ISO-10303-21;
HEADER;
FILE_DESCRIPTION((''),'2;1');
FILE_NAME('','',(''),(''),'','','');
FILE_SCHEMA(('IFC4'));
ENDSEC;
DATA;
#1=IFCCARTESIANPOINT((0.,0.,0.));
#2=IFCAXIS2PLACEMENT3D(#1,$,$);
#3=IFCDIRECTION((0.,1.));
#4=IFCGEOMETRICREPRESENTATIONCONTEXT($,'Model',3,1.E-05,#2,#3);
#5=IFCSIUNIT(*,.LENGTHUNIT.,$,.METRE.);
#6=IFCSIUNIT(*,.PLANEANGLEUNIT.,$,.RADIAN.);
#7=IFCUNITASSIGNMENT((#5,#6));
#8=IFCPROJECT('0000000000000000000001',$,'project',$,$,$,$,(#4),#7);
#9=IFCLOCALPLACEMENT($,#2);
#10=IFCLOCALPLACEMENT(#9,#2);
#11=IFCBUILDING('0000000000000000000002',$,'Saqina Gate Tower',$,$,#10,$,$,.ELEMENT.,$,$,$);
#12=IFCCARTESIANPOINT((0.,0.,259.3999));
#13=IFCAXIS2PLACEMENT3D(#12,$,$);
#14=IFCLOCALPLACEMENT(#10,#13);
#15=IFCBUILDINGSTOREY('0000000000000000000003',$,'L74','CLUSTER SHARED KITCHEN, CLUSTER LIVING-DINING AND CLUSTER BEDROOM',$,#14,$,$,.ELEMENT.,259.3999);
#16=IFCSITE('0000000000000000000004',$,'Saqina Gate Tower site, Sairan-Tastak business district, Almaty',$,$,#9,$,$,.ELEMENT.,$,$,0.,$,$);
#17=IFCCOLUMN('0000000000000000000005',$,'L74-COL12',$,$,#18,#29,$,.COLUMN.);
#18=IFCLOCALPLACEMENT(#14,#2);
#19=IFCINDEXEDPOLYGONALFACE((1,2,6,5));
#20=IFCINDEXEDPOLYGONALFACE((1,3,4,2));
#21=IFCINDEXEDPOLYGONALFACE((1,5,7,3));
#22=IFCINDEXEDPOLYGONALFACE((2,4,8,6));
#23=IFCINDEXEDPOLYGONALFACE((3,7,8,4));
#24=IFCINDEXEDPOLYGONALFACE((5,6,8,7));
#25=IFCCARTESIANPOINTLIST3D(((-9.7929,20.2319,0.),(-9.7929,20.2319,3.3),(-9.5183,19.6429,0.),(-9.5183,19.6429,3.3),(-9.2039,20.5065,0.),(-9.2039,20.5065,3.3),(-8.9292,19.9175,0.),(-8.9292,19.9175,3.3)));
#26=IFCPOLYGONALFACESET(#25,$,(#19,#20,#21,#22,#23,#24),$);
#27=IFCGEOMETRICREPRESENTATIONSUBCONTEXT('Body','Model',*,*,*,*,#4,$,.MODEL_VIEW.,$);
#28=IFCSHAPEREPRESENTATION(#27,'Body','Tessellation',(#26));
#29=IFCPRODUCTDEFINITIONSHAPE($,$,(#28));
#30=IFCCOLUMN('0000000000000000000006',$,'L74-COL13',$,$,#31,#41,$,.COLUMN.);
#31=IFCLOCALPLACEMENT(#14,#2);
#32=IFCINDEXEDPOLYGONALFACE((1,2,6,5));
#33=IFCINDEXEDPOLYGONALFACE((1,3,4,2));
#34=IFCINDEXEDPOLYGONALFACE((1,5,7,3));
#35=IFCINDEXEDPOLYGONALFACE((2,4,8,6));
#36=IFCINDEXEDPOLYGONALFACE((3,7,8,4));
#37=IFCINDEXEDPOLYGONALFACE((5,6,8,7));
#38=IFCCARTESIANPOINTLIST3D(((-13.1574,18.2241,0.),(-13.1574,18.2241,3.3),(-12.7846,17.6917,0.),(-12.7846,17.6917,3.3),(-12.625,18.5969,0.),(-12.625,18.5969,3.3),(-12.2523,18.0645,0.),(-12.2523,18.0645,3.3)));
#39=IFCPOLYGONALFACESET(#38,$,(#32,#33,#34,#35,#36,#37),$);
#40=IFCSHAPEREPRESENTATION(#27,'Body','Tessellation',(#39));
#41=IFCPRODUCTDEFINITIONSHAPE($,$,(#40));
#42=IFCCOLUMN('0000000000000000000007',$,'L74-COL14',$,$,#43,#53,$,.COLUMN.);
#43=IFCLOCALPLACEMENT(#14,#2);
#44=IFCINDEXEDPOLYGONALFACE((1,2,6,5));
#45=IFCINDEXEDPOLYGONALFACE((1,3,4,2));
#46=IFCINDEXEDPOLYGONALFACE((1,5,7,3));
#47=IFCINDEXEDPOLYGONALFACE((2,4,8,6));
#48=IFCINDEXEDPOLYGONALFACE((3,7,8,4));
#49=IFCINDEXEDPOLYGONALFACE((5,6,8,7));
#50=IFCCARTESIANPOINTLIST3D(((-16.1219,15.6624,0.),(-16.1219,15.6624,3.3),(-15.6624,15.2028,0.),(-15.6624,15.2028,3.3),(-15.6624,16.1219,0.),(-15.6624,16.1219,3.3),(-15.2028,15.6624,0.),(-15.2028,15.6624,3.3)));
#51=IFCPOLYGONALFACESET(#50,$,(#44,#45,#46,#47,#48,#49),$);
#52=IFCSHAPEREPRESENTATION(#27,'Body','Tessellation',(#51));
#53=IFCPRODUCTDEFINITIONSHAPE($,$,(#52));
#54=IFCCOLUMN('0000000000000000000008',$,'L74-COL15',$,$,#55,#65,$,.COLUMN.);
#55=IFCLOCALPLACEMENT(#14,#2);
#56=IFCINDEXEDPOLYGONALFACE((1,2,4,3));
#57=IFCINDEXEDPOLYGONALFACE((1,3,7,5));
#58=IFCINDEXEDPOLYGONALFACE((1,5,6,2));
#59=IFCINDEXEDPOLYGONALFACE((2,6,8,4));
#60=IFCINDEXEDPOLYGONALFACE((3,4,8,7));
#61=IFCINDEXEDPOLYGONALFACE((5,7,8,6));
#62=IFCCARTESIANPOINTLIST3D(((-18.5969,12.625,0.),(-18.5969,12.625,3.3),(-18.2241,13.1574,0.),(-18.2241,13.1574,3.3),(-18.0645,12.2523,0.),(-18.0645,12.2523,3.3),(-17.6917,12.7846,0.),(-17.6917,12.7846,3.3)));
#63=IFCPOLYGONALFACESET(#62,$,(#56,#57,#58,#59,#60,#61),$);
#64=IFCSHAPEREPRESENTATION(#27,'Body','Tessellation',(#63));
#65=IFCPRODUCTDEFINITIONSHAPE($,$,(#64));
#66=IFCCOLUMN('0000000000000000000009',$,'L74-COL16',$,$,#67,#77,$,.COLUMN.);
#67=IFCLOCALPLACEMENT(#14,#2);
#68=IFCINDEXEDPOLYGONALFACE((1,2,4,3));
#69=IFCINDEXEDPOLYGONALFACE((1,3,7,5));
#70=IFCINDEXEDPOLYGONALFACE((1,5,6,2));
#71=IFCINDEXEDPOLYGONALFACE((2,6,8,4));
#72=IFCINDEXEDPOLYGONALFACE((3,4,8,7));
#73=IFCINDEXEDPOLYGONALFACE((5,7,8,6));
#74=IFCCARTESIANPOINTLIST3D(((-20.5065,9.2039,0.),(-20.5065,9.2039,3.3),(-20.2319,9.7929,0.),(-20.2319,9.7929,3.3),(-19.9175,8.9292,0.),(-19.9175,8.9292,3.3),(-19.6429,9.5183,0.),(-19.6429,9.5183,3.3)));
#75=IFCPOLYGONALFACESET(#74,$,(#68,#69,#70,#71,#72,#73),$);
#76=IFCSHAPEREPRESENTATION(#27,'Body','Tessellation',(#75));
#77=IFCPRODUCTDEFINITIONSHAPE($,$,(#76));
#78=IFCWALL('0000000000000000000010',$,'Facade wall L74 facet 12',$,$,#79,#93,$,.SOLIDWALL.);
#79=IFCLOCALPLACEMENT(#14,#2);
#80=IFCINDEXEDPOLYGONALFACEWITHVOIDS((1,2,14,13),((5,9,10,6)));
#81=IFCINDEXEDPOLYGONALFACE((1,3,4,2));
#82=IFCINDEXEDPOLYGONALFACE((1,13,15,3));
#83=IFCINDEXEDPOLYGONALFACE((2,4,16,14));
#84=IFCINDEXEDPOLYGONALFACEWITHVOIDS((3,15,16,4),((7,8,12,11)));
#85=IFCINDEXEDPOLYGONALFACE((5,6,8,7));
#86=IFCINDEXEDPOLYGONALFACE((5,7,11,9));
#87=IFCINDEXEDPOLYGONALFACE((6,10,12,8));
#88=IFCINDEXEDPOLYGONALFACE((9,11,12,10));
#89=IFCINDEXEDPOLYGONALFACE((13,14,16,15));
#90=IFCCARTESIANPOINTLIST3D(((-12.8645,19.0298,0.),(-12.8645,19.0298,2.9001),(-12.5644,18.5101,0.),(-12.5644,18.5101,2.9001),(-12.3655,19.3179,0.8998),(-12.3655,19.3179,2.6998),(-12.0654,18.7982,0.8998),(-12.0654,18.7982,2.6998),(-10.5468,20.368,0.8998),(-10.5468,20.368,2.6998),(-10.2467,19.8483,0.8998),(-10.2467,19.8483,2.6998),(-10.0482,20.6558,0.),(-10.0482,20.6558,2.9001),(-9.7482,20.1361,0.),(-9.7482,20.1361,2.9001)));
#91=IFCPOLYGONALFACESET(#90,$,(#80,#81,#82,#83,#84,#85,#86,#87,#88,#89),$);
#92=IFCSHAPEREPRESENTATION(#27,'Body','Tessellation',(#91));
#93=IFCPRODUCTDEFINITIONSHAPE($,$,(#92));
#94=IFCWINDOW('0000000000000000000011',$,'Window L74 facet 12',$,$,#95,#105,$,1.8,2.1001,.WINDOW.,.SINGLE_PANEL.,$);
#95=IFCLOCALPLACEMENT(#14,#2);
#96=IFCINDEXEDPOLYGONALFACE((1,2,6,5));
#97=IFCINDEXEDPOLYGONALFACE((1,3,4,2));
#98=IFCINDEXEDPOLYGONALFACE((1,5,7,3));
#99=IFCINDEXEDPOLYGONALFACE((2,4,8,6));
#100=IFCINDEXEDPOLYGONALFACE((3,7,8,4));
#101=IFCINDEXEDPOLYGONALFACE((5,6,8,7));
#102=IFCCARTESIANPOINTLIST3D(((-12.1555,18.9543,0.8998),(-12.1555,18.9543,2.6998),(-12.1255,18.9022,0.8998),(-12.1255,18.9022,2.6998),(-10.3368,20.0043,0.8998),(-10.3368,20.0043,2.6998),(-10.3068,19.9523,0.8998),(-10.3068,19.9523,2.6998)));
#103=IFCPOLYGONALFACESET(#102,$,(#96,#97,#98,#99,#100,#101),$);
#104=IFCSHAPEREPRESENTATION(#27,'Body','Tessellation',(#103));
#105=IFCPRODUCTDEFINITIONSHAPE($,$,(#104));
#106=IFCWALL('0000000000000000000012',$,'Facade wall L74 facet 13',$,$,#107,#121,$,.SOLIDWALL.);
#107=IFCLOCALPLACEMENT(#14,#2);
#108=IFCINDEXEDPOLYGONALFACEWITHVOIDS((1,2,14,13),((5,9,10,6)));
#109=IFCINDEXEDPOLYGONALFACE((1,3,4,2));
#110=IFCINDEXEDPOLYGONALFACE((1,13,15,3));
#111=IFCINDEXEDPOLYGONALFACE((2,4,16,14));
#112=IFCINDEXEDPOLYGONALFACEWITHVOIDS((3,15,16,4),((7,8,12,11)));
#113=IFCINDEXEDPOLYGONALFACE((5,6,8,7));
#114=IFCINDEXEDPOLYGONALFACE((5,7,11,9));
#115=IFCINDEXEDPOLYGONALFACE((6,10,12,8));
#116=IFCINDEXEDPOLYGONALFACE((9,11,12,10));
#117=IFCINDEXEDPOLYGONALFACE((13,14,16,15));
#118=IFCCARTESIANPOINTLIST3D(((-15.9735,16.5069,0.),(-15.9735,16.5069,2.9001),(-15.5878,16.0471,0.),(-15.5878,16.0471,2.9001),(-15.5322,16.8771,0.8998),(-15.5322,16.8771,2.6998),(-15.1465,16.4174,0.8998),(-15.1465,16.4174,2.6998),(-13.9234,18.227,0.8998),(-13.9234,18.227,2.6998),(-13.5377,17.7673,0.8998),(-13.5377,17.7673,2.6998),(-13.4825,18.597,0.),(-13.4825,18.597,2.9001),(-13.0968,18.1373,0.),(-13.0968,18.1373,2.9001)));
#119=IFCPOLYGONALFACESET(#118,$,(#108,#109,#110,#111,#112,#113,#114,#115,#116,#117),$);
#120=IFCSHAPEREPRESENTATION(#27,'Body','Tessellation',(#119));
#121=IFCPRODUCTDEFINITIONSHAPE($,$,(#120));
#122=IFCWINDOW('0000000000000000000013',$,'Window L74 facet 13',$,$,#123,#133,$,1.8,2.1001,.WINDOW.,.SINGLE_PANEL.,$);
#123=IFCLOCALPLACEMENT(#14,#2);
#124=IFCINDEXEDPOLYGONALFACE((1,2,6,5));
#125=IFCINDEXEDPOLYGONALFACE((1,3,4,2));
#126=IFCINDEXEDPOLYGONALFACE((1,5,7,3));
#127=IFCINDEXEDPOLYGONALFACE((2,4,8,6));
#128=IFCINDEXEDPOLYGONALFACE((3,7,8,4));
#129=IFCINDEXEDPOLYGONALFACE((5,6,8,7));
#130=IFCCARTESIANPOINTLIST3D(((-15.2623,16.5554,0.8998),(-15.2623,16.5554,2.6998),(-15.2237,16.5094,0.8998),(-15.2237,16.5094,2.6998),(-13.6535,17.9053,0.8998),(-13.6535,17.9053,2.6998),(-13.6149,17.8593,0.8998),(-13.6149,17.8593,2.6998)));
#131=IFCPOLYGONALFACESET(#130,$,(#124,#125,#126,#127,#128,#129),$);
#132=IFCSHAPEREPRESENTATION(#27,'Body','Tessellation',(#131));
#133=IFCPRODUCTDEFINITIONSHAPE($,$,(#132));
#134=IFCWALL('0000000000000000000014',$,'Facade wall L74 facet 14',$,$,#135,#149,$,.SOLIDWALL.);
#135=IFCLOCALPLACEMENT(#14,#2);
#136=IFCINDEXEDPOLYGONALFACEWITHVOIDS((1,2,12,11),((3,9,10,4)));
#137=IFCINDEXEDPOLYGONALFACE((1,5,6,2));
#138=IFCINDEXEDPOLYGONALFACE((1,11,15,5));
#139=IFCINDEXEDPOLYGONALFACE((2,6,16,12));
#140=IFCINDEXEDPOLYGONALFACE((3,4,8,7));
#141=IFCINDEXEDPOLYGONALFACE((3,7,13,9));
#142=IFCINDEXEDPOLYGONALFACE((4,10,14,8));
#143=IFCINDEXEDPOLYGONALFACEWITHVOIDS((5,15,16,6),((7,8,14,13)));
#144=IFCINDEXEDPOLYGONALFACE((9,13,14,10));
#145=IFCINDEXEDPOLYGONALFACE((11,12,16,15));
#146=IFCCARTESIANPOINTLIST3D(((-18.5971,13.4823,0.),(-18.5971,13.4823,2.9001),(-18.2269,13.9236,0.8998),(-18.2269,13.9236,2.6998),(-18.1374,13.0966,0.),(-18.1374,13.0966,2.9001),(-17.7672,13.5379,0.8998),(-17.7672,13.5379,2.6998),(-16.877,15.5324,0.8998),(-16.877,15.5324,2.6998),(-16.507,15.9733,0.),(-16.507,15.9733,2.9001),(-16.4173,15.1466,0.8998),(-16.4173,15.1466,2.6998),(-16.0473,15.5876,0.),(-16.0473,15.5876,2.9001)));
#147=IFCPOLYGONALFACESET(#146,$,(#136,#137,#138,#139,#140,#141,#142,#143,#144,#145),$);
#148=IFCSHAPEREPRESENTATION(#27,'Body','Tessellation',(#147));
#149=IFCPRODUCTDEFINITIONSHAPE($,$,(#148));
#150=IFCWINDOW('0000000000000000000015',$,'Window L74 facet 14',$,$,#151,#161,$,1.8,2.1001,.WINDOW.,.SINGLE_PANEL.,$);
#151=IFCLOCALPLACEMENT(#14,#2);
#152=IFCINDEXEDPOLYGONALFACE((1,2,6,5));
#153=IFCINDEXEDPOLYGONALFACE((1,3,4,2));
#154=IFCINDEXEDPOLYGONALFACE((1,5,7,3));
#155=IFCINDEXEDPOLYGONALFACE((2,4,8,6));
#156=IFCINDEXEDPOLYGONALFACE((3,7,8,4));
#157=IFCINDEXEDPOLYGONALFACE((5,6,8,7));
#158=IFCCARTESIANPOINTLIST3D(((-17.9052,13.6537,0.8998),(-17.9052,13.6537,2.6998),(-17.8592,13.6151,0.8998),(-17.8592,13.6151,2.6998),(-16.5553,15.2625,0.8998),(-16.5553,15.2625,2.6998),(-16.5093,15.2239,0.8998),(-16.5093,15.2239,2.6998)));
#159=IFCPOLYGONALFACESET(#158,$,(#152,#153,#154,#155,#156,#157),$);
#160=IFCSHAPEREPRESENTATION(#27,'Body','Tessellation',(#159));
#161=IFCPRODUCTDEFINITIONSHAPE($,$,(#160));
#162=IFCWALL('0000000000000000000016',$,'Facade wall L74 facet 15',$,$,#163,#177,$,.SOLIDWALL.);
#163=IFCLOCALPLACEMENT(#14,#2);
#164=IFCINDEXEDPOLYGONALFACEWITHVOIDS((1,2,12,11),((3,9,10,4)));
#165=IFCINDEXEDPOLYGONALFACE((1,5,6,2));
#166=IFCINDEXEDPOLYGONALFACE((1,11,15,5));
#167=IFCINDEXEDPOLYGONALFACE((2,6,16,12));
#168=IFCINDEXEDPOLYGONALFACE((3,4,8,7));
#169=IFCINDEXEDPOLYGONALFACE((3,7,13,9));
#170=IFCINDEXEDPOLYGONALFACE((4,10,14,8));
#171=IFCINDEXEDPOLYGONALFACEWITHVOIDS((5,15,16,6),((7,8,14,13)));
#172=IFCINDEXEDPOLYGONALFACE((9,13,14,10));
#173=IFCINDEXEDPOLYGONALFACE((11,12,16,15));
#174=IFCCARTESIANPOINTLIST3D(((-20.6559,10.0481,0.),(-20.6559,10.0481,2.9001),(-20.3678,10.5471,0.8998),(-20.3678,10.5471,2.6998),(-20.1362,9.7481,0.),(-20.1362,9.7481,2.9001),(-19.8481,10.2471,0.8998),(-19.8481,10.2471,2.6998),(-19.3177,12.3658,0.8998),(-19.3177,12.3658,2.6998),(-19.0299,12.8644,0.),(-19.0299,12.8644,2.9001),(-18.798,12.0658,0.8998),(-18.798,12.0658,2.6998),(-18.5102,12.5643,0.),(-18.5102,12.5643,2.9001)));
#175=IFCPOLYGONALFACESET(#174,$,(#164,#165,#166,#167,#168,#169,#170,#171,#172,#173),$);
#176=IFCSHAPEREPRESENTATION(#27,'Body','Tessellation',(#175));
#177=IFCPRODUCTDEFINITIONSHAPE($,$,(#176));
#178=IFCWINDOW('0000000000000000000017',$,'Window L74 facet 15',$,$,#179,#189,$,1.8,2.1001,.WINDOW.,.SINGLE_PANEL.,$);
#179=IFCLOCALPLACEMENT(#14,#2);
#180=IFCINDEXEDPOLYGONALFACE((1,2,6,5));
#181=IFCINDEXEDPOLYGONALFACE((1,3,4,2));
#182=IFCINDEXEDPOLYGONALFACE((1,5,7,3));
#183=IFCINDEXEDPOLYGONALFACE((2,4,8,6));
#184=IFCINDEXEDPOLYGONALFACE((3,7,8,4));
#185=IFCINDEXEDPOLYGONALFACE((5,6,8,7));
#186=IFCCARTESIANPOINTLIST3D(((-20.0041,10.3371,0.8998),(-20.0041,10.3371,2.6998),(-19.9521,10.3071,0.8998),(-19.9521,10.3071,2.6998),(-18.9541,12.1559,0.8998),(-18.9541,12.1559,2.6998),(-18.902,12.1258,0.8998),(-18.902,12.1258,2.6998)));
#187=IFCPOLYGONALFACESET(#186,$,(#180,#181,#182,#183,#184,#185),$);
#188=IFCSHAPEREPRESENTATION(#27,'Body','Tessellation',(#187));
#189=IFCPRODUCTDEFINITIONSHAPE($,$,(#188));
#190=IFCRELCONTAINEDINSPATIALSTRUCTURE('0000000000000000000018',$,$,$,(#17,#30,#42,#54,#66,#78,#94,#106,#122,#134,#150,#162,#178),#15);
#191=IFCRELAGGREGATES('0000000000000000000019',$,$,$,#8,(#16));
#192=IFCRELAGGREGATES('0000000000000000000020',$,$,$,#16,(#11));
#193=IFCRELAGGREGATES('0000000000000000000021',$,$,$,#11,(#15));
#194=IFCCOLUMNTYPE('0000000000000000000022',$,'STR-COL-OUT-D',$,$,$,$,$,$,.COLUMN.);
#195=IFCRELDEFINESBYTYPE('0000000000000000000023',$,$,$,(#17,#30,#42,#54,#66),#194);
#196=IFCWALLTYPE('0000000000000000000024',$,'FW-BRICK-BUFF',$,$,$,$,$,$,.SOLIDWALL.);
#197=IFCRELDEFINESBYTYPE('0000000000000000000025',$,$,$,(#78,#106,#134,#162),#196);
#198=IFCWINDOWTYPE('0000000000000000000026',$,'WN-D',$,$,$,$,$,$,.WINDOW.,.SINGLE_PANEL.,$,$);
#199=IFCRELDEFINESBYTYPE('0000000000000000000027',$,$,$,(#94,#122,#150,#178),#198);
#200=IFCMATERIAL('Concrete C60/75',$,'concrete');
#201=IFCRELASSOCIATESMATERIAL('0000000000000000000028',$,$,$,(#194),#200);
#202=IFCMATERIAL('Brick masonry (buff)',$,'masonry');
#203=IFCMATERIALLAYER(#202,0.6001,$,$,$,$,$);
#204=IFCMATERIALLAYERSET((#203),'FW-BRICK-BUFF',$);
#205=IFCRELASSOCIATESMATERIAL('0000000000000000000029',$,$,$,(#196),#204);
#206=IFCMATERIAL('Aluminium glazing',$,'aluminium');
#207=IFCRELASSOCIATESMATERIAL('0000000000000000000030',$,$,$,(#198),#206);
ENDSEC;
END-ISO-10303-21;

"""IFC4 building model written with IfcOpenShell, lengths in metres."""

from ifc_helpers import new_model, si_unit, direction, frame, frame_2d, origin, origin_2d, place, context, subcontext, project, spatial, rectangle, extrude, material, layer, layer_set, material_profile, profile_set, type_object, element, fill, save


model = new_model("IFC4")

# Units and contexts
model_context = context("Model", 3, precision=1e-05, world=origin(), true_north=direction((0.0, 1.0)))
body_context = subcontext(model_context, "Body", "Model", "MODEL_VIEW")
ifc_project = project(units=[si_unit("LENGTHUNIT", "METRE"), si_unit("PLANEANGLEUNIT", "RADIAN")], contexts=[model_context])

# Site, building, storey
site_placement = place(None, origin())
site = spatial("IfcSite", under=ifc_project, at=site_placement, Name="Saqina Gate Tower site, Sairan-Tastak business district, Almaty", CompositionType="ELEMENT", RefElevation=0.0)
building_placement = place(site_placement, origin())
building = spatial("IfcBuilding", under=site, at=building_placement, Name="Saqina Gate Tower", CompositionType="ELEMENT")
storey_placement = place(building_placement, frame((0.0, 0.0, 259.3999)))
storey = spatial("IfcBuildingStorey", under=building, at=storey_placement, Name="L74", Description="CLUSTER SHARED KITCHEN, CLUSTER LIVING-DINING AND CLUSTER BEDROOM", CompositionType="ELEMENT", Elevation=259.3999)

# Columns
ifc_material_1 = material(Name="Concrete C60/75", Category="concrete")
ifc_material_profile = material_profile(ifc_material_1, rectangle(XDim=0.6499, YDim=0.6499, at=origin_2d()), Name="RC 650x650")
ifc_profile_set = profile_set([ifc_material_profile], Name="Concrete C60/75")
column_type = type_object("IfcColumnType", Name="STR-COL-OUT-D", PredefinedType="COLUMN", material=ifc_profile_set)
for number, where, z_axis, x_axis, name in (
    (1, (-9.3611, 20.0747, 0.0), (0.0, 0.0, 1.0), (-0.422618, 0.906308, 0.0), "L74-COL12"),
    (2, (-12.7048, 18.1443, 0.0), (0.0, 0.0, 1.0), (-0.573576, 0.819152, 0.0), "L74-COL13"),
    (3, (-15.6624, 15.6624, 0.0), (0.0, 0.0, 1.0), (-0.707107, 0.707107, 0.0), "L74-COL14"),
    (4, (-18.1443, 12.7048, 0.0), (0.0, 0.0, 1.0), (-0.819152, 0.573576, 0.0), "L74-COL15"),
    (5, (-20.0747, 9.3611, 0.0), (0.0, 0.0, 1.0), (-0.906308, 0.422618, 0.0), "L74-COL16"),
):
    element("IfcColumn", number, at=place(storey_placement, frame(where, z_axis=z_axis, x_axis=x_axis)), inside=storey, type_object=column_type, Name=name, PredefinedType="COLUMN", context=body_context, shape_type="SweptSolid", body=[
        extrude(rectangle(XDim=0.6499, YDim=0.6499, at=origin_2d()), origin(), (0.0, 0.0, 1.0), 3.3),
    ])

# Walls, openings, windows
ifc_material_2 = material(Name="Brick masonry (buff)", Category="masonry")
ifc_layer_1 = layer(ifc_material_2, 0.6001)
ifc_layer_set_1 = layer_set([ifc_layer_1], Name="FW-BRICK-BUFF")
wall_type_1 = type_object("IfcWallType", Name="FW-BRICK-BUFF", PredefinedType="SOLIDWALL", material=ifc_layer_set_1)
wall_1_placement = place(storey_placement, frame((-9.8982, 20.396, 0.0), z_axis=(0.0, 0.0, 1.0), x_axis=(-0.866017, -0.500015, 0.0)))
wall_1 = element("IfcWall", 6, at=wall_1_placement, inside=storey, type_object=wall_type_1, Name="Facade wall L74 facet 12", PredefinedType="SOLIDWALL", context=body_context, shape_type="SweptSolid", body=[
    extrude(rectangle(XDim=3.252, YDim=0.6001, at=frame_2d((1.626, 0.0))), origin(), (0.0, 0.0, 1.0), 2.9001),
])
opening_1_placement = place(wall_1_placement, frame((0.5757, 0.0, 0.8999)))
opening_1 = element("IfcOpeningElement", 7, at=opening_1_placement, cuts=wall_1, PredefinedType="OPENING", context=body_context, shape_type="SweptSolid", body=[
    extrude(rectangle(XDim=2.1001, YDim=1.8, at=frame_2d((1.05, 0.8999))), frame((0.0, 0.312, 0.0), z_axis=(0.0, -1.0, 0.0), x_axis=(1.0, 0.0, 0.0)), (0.0, 0.0, 1.0), 0.624),
])
ifc_material_3 = material(Name="Aluminium glazing", Category="aluminium")
window_type = type_object("IfcWindowType", Name="WN-D", PartitioningType="SINGLE_PANEL", PredefinedType="WINDOW", material=ifc_material_3)
window_1_placement = place(opening_1_placement, origin())
window_1 = element("IfcWindow", 8, at=window_1_placement, inside=storey, type_object=window_type, Name="Window L74 facet 12", OverallHeight=1.8, OverallWidth=2.1001, PartitioningType="SINGLE_PANEL", PredefinedType="WINDOW", context=body_context, shape_type="SweptSolid", body=[
    extrude(rectangle(XDim=2.1001, YDim=1.8, at=frame_2d((1.05, 0.8999))), frame((0.0, 0.1799, 0.0), z_axis=(0.0, -1.0, 0.0), x_axis=(1.0, 0.0, 0.0)), (0.0, 0.0, 1.0), 0.0601),
])
fill(opening_1, window_1)
wall_2_placement = place(storey_placement, frame((-13.2896, 18.3672, 0.0), z_axis=(0.0, 0.0, 1.0), x_axis=(-0.766057, -0.642773, 0.0)))
wall_2 = element("IfcWall", 9, at=wall_2_placement, inside=storey, type_object=wall_type_1, Name="Facade wall L74 facet 13", PredefinedType="SOLIDWALL", context=body_context, shape_type="SweptSolid", body=[
    extrude(rectangle(XDim=3.2517, YDim=0.6001, at=frame_2d((1.626, 0.0))), origin(), (0.0, 0.0, 1.0), 2.9001),
])
opening_2_placement = place(wall_2_placement, frame((0.5757, 0.0, 0.8999)))
opening_2 = element("IfcOpeningElement", 10, at=opening_2_placement, cuts=wall_2, PredefinedType="OPENING", context=body_context, shape_type="SweptSolid", body=[
    extrude(rectangle(XDim=2.1001, YDim=1.8, at=frame_2d((1.05, 0.8999))), frame((0.0, 0.312, 0.0), z_axis=(0.0, -1.0, 0.0), x_axis=(1.0, 0.0, 0.0)), (0.0, 0.0, 1.0), 0.624),
])
window_2_placement = place(opening_2_placement, origin())
window_2 = element("IfcWindow", 11, at=window_2_placement, inside=storey, type_object=window_type, Name="Window L74 facet 13", OverallHeight=1.8, OverallWidth=2.1001, PartitioningType="SINGLE_PANEL", PredefinedType="WINDOW", context=body_context, shape_type="SweptSolid", body=[
    extrude(rectangle(XDim=2.1001, YDim=1.8, at=frame_2d((1.05, 0.8999))), frame((0.0, 0.1799, 0.0), z_axis=(0.0, -1.0, 0.0), x_axis=(1.0, 0.0, 0.0)), (0.0, 0.0, 1.0), 0.0601),
])
fill(opening_2, window_2)
wall_3_placement = place(storey_placement, frame((-16.2771, 15.7805, 0.0), z_axis=(0.0, 0.0, 1.0), x_axis=(-0.642773, -0.766057, 0.0)))
wall_3 = element("IfcWall", 12, at=wall_3_placement, inside=storey, type_object=wall_type_1, Name="Facade wall L74 facet 14", PredefinedType="SOLIDWALL", context=body_context, shape_type="SweptSolid", body=[
    extrude(rectangle(XDim=3.2517, YDim=0.6001, at=frame_2d((1.626, 0.0))), origin(), (0.0, 0.0, 1.0), 2.9001),
])
opening_3_placement = place(wall_3_placement, frame((0.5757, 0.0, 0.8999)))
opening_3 = element("IfcOpeningElement", 13, at=opening_3_placement, cuts=wall_3, PredefinedType="OPENING", context=body_context, shape_type="SweptSolid", body=[
    extrude(rectangle(XDim=2.1001, YDim=1.8, at=frame_2d((1.05, 0.8999))), frame((0.0, 0.312, 0.0), z_axis=(0.0, -1.0, 0.0), x_axis=(1.0, 0.0, 0.0)), (0.0, 0.0, 1.0), 0.624),
])
window_3_placement = place(opening_3_placement, origin())
window_3 = element("IfcWindow", 14, at=window_3_placement, inside=storey, type_object=window_type, Name="Window L74 facet 14", OverallHeight=1.8, OverallWidth=2.1001, PartitioningType="SINGLE_PANEL", PredefinedType="WINDOW", context=body_context, shape_type="SweptSolid", body=[
    extrude(rectangle(XDim=2.1001, YDim=1.8, at=frame_2d((1.05, 0.8999))), frame((0.0, 0.1799, 0.0), z_axis=(0.0, -1.0, 0.0), x_axis=(1.0, 0.0, 0.0)), (0.0, 0.0, 1.0), 0.0601),
])
fill(opening_3, window_3)
wall_4_placement = place(storey_placement, frame((-18.77, 12.7144, 0.0), z_axis=(0.0, 0.0, 1.0), x_axis=(-0.500015, -0.866017, 0.0)))
wall_4 = element("IfcWall", 15, at=wall_4_placement, inside=storey, type_object=wall_type_1, Name="Facade wall L74 facet 15", PredefinedType="SOLIDWALL", context=body_context, shape_type="SweptSolid", body=[
    extrude(rectangle(XDim=3.252, YDim=0.6001, at=frame_2d((1.626, 0.0))), origin(), (0.0, 0.0, 1.0), 2.9001),
])
opening_4_placement = place(wall_4_placement, frame((0.5757, 0.0, 0.8999)))
opening_4 = element("IfcOpeningElement", 16, at=opening_4_placement, cuts=wall_4, PredefinedType="OPENING", context=body_context, shape_type="SweptSolid", body=[
    extrude(rectangle(XDim=2.1001, YDim=1.8, at=frame_2d((1.05, 0.8999))), frame((0.0, 0.312, 0.0), z_axis=(0.0, -1.0, 0.0), x_axis=(1.0, 0.0, 0.0)), (0.0, 0.0, 1.0), 0.624),
])
window_4_placement = place(opening_4_placement, origin())
window_4 = element("IfcWindow", 17, at=window_4_placement, inside=storey, type_object=window_type, Name="Window L74 facet 15", OverallHeight=1.8, OverallWidth=2.1001, PartitioningType="SINGLE_PANEL", PredefinedType="WINDOW", context=body_context, shape_type="SweptSolid", body=[
    extrude(rectangle(XDim=2.1001, YDim=1.8, at=frame_2d((1.05, 0.8999))), frame((0.0, 0.1799, 0.0), z_axis=(0.0, -1.0, 0.0), x_axis=(1.0, 0.0, 0.0)), (0.0, 0.0, 1.0), 0.0601),
])
fill(opening_4, window_4)

save(model, "model.ifc")
